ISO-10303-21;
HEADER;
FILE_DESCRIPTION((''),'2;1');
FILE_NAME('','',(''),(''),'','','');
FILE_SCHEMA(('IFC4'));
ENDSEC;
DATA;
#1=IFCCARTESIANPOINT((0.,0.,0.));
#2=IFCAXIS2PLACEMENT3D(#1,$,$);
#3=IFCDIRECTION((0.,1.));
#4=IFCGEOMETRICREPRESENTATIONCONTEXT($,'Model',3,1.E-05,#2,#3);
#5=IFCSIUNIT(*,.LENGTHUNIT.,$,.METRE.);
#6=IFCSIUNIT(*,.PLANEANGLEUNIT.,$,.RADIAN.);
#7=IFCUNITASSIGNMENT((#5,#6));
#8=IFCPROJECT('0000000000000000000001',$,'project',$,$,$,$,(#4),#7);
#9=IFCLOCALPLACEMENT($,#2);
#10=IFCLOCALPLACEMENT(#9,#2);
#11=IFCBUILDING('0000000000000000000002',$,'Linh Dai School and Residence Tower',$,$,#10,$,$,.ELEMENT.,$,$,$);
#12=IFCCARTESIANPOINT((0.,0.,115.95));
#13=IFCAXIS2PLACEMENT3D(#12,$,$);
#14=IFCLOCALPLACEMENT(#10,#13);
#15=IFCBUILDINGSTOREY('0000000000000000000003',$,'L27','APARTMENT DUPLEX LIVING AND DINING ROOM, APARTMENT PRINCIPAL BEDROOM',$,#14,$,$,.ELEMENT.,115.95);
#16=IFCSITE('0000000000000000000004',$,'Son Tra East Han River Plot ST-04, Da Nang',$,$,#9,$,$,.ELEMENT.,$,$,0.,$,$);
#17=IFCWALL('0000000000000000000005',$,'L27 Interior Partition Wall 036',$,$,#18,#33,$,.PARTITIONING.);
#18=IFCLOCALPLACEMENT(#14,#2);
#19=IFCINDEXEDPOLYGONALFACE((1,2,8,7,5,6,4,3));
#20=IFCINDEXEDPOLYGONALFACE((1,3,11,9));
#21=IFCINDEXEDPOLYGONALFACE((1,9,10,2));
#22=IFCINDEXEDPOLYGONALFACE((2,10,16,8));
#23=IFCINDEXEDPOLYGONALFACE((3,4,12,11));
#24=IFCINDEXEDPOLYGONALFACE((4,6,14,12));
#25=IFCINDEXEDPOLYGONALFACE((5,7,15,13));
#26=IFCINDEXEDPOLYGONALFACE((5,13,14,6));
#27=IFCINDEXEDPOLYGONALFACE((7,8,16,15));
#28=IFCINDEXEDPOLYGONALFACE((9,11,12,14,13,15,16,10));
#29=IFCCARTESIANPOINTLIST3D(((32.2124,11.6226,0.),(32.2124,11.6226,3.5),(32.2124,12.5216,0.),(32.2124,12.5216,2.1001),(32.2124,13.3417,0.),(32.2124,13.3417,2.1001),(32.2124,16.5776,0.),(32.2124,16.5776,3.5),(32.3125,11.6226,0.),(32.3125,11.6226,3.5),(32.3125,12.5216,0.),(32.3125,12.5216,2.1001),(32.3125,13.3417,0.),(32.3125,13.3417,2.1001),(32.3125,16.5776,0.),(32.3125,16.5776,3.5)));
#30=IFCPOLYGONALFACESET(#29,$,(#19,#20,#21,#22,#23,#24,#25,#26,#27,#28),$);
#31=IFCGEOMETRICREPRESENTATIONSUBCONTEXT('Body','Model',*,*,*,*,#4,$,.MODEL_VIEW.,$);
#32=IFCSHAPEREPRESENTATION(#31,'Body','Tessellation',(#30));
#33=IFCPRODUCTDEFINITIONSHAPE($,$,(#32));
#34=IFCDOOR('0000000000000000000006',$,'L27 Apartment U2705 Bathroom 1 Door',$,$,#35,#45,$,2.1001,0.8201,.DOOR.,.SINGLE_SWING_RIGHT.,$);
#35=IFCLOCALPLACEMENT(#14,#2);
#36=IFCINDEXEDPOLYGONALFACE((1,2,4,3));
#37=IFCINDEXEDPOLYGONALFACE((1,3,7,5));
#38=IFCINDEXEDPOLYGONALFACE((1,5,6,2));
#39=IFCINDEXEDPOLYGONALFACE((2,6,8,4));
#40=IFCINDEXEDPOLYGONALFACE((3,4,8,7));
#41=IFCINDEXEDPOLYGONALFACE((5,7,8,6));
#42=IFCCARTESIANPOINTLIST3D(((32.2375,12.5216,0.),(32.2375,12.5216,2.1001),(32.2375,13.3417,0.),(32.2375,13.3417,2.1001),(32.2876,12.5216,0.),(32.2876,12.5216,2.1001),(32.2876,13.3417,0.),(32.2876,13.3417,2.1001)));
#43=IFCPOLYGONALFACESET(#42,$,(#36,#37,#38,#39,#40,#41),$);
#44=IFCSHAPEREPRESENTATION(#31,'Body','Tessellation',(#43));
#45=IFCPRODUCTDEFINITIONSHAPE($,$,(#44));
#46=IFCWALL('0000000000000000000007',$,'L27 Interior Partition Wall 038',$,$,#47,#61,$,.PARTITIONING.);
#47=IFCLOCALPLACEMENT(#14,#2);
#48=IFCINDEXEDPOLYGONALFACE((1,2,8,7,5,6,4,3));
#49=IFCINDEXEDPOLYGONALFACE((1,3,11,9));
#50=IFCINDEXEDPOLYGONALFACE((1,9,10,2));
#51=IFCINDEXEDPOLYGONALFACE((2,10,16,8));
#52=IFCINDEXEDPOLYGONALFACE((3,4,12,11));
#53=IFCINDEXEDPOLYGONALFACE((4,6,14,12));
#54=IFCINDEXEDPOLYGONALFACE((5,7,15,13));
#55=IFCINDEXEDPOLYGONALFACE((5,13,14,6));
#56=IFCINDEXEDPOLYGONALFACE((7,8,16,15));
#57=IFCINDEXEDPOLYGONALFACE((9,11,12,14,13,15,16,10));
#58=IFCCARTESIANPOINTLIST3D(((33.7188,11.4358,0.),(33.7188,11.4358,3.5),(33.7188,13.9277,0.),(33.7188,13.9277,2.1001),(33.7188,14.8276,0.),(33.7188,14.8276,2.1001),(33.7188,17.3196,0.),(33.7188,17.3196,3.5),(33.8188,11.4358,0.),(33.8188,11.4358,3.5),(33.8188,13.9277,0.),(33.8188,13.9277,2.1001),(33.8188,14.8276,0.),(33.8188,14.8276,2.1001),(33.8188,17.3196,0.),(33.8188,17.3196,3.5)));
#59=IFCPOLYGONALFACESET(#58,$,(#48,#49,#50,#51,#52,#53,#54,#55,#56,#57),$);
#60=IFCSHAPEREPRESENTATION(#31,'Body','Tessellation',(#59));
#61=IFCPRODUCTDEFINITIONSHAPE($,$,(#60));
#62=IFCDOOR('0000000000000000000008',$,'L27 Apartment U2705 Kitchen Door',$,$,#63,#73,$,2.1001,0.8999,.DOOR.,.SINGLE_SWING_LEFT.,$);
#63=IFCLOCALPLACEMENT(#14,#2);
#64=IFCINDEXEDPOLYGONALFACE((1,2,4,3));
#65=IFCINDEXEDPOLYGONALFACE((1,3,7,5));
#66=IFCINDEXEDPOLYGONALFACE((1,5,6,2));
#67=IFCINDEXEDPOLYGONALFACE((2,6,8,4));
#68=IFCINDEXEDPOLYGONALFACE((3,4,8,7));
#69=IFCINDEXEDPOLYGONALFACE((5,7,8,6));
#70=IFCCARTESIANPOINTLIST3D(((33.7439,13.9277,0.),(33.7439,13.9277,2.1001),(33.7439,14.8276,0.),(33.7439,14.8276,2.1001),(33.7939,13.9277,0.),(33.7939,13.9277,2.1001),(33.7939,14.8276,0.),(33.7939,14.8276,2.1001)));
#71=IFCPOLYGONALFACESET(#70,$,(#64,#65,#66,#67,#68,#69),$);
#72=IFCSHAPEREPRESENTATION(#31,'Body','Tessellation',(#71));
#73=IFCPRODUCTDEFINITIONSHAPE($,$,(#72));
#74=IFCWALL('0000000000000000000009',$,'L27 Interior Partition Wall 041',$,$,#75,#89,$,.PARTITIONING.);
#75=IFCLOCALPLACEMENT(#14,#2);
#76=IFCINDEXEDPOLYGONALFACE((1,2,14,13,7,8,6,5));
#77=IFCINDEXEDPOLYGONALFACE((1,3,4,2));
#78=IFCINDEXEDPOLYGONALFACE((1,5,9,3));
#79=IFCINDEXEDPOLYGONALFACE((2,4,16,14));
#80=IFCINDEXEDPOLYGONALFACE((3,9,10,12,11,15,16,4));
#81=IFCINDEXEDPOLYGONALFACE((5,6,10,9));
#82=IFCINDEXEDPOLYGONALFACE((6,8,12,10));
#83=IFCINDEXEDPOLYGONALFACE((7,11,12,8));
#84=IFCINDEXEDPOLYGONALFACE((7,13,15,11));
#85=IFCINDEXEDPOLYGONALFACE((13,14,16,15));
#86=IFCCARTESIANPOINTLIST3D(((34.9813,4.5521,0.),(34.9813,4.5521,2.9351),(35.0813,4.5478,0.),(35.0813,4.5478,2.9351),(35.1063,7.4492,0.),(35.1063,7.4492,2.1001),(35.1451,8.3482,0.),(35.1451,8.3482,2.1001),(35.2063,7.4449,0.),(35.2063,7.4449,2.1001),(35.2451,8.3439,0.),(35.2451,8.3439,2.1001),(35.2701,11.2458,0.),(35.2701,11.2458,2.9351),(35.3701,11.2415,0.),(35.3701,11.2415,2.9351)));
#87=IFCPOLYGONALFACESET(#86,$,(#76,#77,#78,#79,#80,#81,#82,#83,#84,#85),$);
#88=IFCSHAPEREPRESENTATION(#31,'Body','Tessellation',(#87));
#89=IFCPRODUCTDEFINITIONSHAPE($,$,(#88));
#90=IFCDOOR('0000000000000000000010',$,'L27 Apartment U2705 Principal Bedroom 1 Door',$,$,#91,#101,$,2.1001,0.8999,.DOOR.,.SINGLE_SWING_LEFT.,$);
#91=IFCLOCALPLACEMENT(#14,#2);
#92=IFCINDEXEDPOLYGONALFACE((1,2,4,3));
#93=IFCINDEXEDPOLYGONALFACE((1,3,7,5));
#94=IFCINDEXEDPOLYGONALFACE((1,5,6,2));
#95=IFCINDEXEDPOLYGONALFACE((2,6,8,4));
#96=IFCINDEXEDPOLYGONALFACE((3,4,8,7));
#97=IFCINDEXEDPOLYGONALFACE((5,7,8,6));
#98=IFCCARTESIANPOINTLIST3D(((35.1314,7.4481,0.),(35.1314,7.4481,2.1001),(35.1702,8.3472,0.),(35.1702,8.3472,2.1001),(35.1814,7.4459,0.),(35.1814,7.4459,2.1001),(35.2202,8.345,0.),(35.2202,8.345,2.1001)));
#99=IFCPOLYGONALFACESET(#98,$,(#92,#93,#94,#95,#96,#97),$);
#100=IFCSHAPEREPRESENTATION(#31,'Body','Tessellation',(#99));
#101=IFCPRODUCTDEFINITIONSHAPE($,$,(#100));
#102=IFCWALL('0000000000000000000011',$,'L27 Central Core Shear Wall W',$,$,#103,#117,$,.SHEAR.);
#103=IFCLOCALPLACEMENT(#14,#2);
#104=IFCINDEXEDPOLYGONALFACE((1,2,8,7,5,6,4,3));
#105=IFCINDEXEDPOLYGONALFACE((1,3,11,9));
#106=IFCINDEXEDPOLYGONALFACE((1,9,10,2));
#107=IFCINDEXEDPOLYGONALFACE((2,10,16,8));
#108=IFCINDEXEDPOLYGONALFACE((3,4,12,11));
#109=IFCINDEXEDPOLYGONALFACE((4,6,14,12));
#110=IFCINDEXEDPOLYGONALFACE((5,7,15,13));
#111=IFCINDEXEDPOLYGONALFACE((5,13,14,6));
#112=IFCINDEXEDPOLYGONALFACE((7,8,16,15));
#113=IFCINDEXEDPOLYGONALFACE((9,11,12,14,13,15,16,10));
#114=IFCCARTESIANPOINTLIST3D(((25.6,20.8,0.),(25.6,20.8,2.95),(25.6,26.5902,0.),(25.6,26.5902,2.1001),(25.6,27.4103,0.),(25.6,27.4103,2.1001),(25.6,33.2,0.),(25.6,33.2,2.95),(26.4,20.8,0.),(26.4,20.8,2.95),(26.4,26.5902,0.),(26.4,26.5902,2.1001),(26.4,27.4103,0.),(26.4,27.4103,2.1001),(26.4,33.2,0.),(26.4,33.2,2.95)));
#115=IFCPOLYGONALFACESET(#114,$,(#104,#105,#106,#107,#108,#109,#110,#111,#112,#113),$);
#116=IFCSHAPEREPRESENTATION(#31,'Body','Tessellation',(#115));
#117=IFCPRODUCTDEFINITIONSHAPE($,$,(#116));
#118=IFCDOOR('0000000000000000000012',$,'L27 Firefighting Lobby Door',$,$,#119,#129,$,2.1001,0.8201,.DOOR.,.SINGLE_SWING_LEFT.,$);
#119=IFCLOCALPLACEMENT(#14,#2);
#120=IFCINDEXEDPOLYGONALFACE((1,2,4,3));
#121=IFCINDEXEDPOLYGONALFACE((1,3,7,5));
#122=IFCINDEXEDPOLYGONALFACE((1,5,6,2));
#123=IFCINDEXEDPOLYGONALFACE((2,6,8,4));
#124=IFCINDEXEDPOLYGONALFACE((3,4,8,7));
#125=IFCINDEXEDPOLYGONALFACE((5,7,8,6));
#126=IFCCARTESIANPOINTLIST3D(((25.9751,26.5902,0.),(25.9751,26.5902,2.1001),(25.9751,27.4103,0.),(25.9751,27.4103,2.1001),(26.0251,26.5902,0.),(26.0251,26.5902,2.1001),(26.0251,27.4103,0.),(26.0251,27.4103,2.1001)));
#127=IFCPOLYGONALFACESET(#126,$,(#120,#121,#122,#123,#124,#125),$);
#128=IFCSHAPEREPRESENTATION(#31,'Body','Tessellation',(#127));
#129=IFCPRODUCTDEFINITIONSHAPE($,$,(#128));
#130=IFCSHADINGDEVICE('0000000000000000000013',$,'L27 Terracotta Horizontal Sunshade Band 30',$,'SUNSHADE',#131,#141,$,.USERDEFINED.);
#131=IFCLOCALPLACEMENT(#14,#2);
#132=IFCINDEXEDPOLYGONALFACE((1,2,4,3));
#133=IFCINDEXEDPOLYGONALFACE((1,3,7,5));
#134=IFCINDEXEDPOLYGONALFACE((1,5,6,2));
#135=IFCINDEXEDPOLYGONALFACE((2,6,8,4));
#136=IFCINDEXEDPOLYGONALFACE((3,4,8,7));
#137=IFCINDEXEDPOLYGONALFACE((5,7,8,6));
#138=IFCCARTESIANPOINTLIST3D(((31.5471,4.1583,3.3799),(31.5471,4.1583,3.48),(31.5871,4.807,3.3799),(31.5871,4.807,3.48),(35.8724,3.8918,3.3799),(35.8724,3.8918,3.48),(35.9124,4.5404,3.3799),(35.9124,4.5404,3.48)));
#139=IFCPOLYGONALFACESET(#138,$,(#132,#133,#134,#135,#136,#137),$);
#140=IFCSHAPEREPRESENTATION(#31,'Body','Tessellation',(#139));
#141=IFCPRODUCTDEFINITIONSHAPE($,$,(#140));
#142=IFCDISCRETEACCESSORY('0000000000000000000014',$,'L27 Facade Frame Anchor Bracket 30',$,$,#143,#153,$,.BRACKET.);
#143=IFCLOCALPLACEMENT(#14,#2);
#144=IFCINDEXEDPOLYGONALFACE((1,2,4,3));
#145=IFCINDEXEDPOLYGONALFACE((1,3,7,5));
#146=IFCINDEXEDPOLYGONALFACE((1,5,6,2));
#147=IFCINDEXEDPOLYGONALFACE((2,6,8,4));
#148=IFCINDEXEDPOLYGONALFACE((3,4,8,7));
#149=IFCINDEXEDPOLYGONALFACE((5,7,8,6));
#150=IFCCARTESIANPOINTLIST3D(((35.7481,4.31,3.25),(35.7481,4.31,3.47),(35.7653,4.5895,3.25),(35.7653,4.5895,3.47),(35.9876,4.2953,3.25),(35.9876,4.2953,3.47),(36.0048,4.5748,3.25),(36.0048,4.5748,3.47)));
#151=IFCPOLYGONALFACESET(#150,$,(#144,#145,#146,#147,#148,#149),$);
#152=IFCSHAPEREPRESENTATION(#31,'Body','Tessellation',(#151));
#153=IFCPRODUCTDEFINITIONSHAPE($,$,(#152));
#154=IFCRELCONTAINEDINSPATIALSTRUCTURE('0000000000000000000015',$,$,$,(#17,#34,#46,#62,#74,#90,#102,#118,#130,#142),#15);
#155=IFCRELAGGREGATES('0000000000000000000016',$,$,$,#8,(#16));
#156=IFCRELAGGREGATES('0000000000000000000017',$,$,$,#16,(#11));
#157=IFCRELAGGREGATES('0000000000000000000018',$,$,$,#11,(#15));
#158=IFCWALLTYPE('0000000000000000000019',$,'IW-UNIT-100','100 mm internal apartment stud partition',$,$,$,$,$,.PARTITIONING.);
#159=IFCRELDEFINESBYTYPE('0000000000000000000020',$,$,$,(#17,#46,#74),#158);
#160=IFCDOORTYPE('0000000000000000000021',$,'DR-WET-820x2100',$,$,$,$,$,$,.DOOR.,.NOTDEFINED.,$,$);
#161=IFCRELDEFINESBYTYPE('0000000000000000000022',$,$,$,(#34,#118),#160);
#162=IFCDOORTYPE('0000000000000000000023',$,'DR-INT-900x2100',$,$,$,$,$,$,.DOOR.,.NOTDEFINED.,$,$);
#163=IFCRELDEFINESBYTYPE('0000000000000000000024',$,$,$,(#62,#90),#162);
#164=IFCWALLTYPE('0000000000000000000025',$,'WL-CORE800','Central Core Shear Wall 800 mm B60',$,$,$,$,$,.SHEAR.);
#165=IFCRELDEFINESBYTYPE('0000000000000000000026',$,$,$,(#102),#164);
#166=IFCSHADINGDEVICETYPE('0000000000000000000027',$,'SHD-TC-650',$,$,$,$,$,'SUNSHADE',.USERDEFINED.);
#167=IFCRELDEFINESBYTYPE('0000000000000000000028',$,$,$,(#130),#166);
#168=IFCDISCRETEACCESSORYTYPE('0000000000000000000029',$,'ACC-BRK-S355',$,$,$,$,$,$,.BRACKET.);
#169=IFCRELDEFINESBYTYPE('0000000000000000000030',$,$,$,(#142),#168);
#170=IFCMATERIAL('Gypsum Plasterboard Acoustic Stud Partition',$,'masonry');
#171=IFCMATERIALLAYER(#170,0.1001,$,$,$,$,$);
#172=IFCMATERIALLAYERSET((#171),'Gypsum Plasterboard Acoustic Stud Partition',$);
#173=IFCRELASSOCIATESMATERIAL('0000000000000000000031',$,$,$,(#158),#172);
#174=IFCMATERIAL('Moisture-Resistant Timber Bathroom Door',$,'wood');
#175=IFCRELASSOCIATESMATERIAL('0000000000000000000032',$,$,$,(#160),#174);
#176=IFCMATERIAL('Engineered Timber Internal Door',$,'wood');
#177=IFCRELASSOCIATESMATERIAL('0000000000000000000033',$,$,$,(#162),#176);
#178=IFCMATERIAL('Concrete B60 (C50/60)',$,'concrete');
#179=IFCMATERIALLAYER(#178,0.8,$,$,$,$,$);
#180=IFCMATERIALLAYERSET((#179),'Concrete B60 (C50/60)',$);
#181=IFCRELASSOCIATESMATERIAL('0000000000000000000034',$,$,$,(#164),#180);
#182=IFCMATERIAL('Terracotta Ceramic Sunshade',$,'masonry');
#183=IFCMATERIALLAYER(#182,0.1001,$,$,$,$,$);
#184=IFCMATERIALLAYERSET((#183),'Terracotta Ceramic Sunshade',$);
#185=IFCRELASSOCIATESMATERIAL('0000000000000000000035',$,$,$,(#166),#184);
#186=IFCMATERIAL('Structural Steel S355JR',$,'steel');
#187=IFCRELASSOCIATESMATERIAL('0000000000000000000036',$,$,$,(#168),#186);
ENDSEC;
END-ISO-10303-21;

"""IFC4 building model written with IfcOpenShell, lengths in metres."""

from ifc_helpers import new_model, si_unit, direction, frame, frame_2d, origin, origin_2d, place, context, subcontext, project, spatial, rectangle, extrude, source, transform, mapped, material, layer, layer_set, type_object, element, fill, save


model = new_model("IFC4")

# Units and contexts
model_context = context("Model", 3, precision=1e-05, world=origin(), true_north=direction((0.0, 1.0)))
body_context = subcontext(model_context, "Body", "Model", "MODEL_VIEW")
ifc_project = project(units=[si_unit("LENGTHUNIT", "METRE"), si_unit("PLANEANGLEUNIT", "RADIAN")], contexts=[model_context])

# Site, building, storey
site_placement = place(None, origin())
site = spatial("IfcSite", under=ifc_project, at=site_placement, Name="Son Tra East Han River Plot ST-04, Da Nang", CompositionType="ELEMENT", RefElevation=0.0)
building_placement = place(site_placement, origin())
building = spatial("IfcBuilding", under=site, at=building_placement, Name="Linh Dai School and Residence Tower", CompositionType="ELEMENT")
storey_placement = place(building_placement, frame((0.0, 0.0, 115.95)))
storey = spatial("IfcBuildingStorey", under=building, at=storey_placement, Name="L27", Description="APARTMENT DUPLEX LIVING AND DINING ROOM, APARTMENT PRINCIPAL BEDROOM", CompositionType="ELEMENT", Elevation=115.95)

# Shared definitions
ifc_material_1 = material(Name="Structural Steel S355JR", Category="steel")

# Shared definitions
ifc_material_2 = material(Name="Gypsum Plasterboard Acoustic Stud Partition", Category="masonry")
ifc_layer_1 = layer(ifc_material_2, 0.1001)
ifc_layer_set_1 = layer_set([ifc_layer_1], Name="Gypsum Plasterboard Acoustic Stud Partition")
wall_type_1 = type_object("IfcWallType", Name="IW-UNIT-100", Description="100 mm internal apartment stud partition", PredefinedType="PARTITIONING", material=ifc_layer_set_1)

# Walls, openings, doors
wall_1_placement = place(storey_placement, frame((32.2625, 11.6226, 0.0), z_axis=(0.0, 0.0, 1.0), x_axis=(0.0, 1.0, 0.0)))
wall_1 = element("IfcWall", 1, at=wall_1_placement, inside=storey, type_object=wall_type_1, Name="L27 Interior Partition Wall 036", PredefinedType="PARTITIONING", context=body_context, shape_type="SweptSolid", body=[
    extrude(rectangle(XDim=4.9551, YDim=0.1001, at=frame_2d((2.4775, 0.0))), origin(), (0.0, 0.0, 1.0), 3.5),
])
opening_1_placement = place(wall_1_placement, frame((0.8989, 0.0, 0.0)))
opening_1 = element("IfcOpeningElement", 2, at=opening_1_placement, cuts=wall_1, PredefinedType="OPENING", context=body_context, shape_type="SweptSolid", body=[
    extrude(rectangle(XDim=0.8201, YDim=2.1001, at=origin_2d()), frame((0.4102, 0.0601, 1.05), z_axis=(0.0, -1.0, 0.0), x_axis=(1.0, 0.0, 0.0)), (0.0, 0.0, 1.0), 0.1201),
])
ifc_material_3 = material(Name="Moisture-Resistant Timber Bathroom Door", Category="wood")
door_type_1 = type_object("IfcDoorType", Name="DR-WET-820x2100", OperationType="NOTDEFINED", PredefinedType="DOOR", material=ifc_material_3)
shared_shape_1 = source(origin(), body_context, "Body", "SweptSolid", [
    extrude(rectangle(XDim=0.8201, YDim=2.1001, at=origin_2d()), frame((0.4102, 0.0249, 1.05), z_axis=(0.0, -1.0, 0.0), x_axis=(1.0, 0.0, 0.0)), (0.0, 0.0, 1.0), 0.05),
])
door_1_placement = place(opening_1_placement, origin())
door_1 = element("IfcDoor", 3, at=door_1_placement, inside=storey, type_object=door_type_1, Name="L27 Apartment U2705 Bathroom 1 Door", OperationType="SINGLE_SWING_RIGHT", OverallHeight=2.1001, OverallWidth=0.8201, PredefinedType="DOOR", context=body_context, shape_type="MappedRepresentation", body=[
    mapped(shared_shape_1, transform((0.0, 0.0, 0.0), x_axis=(1.0, 0.0, 0.0), y_axis=(0.0, 1.0, 0.0), z_axis=(0.0, 0.0, 1.0), scale=1.0)),
])
fill(opening_1, door_1)
wall_2_placement = place(storey_placement, frame((33.7688, 11.4358, 0.0), z_axis=(0.0, 0.0, 1.0), x_axis=(0.0, 1.0, 0.0)))
wall_2 = element("IfcWall", 4, at=wall_2_placement, inside=storey, type_object=wall_type_1, Name="L27 Interior Partition Wall 038", PredefinedType="PARTITIONING", context=body_context, shape_type="SweptSolid", body=[
    extrude(rectangle(XDim=5.8838, YDim=0.1001, at=frame_2d((2.9419, 0.0))), origin(), (0.0, 0.0, 1.0), 3.5),
])
opening_2_placement = place(wall_2_placement, frame((2.4919, 0.0, 0.0)))
opening_2 = element("IfcOpeningElement", 5, at=opening_2_placement, cuts=wall_2, PredefinedType="OPENING", context=body_context, shape_type="SweptSolid", body=[
    extrude(rectangle(XDim=0.8999, YDim=2.1001, at=origin_2d()), frame((0.45, 0.0601, 1.05), z_axis=(0.0, -1.0, 0.0), x_axis=(1.0, 0.0, 0.0)), (0.0, 0.0, 1.0), 0.1201),
])
ifc_material_4 = material(Name="Engineered Timber Internal Door", Category="wood")
door_type_2 = type_object("IfcDoorType", Name="DR-INT-900x2100", OperationType="NOTDEFINED", PredefinedType="DOOR", material=ifc_material_4)
shared_shape_2 = source(origin(), body_context, "Body", "SweptSolid", [
    extrude(rectangle(XDim=0.8999, YDim=2.1001, at=origin_2d()), frame((0.45, 0.0249, 1.05), z_axis=(0.0, -1.0, 0.0), x_axis=(1.0, 0.0, 0.0)), (0.0, 0.0, 1.0), 0.05),
])
door_2_placement = place(opening_2_placement, origin())
door_2 = element("IfcDoor", 6, at=door_2_placement, inside=storey, type_object=door_type_2, Name="L27 Apartment U2705 Kitchen Door", OperationType="SINGLE_SWING_LEFT", OverallHeight=2.1001, OverallWidth=0.8999, PredefinedType="DOOR", context=body_context, shape_type="MappedRepresentation", body=[
    mapped(shared_shape_2, transform((0.0, 0.0, 0.0), x_axis=(1.0, 0.0, 0.0), y_axis=(0.0, 1.0, 0.0), z_axis=(0.0, 0.0, 1.0), scale=1.0)),
])
fill(opening_2, door_2)
wall_3_placement = place(storey_placement, frame((35.0312, 4.5498, 0.0), z_axis=(0.0, 0.0, 1.0), x_axis=(0.043108, 0.99907, 0.0)))
wall_3 = element("IfcWall", 7, at=wall_3_placement, inside=storey, type_object=wall_type_1, Name="L27 Interior Partition Wall 041", PredefinedType="PARTITIONING", context=body_context, shape_type="SweptSolid", body=[
    extrude(rectangle(XDim=6.7, YDim=0.1001, at=frame_2d((3.3501, 0.0))), origin(), (0.0, 0.0, 1.0), 2.9351),
])
opening_3_placement = place(wall_3_placement, frame((2.8999, 0.0, 0.0)))
opening_3 = element("IfcOpeningElement", 8, at=opening_3_placement, cuts=wall_3, PredefinedType="OPENING", context=body_context, shape_type="SweptSolid", body=[
    extrude(rectangle(XDim=0.8999, YDim=2.1001, at=origin_2d()), frame((0.45, 0.0601, 1.05), z_axis=(0.0, -1.0, 0.0), x_axis=(1.0, 0.0, 0.0)), (0.0, 0.0, 1.0), 0.1201),
])
door_3_placement = place(opening_3_placement, origin())
door_3 = element("IfcDoor", 9, at=door_3_placement, inside=storey, type_object=door_type_2, Name="L27 Apartment U2705 Principal Bedroom 1 Door", OperationType="SINGLE_SWING_LEFT", OverallHeight=2.1001, OverallWidth=0.8999, PredefinedType="DOOR", context=body_context, shape_type="MappedRepresentation", body=[
    mapped(shared_shape_2, transform((0.0, 0.0, 0.0), x_axis=(1.0, 0.0, 0.0), y_axis=(0.0, 1.0, 0.0), z_axis=(0.0, 0.0, 1.0), scale=1.0)),
])
fill(opening_3, door_3)
ifc_material_5 = material(Name="Concrete B60 (C50/60)", Category="concrete")
ifc_layer_2 = layer(ifc_material_5, 0.8)
ifc_layer_set_2 = layer_set([ifc_layer_2], Name="Concrete B60 (C50/60)")
wall_type_2 = type_object("IfcWallType", Name="WL-CORE800", Description="Central Core Shear Wall 800 mm B60", PredefinedType="SHEAR", material=ifc_layer_set_2)
wall_4_placement = place(storey_placement, frame((26.0, 20.8, 0.0), z_axis=(0.0, 0.0, 1.0), x_axis=(0.0, 1.0, 0.0)))
wall_4 = element("IfcWall", 10, at=wall_4_placement, inside=storey, type_object=wall_type_2, Name="L27 Central Core Shear Wall W", PredefinedType="SHEAR", context=body_context, shape_type="SweptSolid", body=[
    extrude(rectangle(XDim=12.3999, YDim=0.8, at=frame_2d((6.2, 0.0))), origin(), (0.0, 0.0, 1.0), 2.95),
])
opening_4_placement = place(wall_4_placement, frame((5.79, 0.0, 0.0)))
opening_4 = element("IfcOpeningElement", 11, at=opening_4_placement, cuts=wall_4, PredefinedType="OPENING", context=body_context, shape_type="SweptSolid", body=[
    extrude(rectangle(XDim=0.8201, YDim=2.1001, at=origin_2d()), frame((0.4102, 0.4102, 1.05), z_axis=(0.0, -1.0, 0.0), x_axis=(1.0, 0.0, 0.0)), (0.0, 0.0, 1.0), 0.8201),
])
door_4_placement = place(opening_4_placement, origin())
door_4 = element("IfcDoor", 12, at=door_4_placement, inside=storey, type_object=door_type_1, Name="L27 Firefighting Lobby Door", OperationType="SINGLE_SWING_LEFT", OverallHeight=2.1001, OverallWidth=0.8201, PredefinedType="DOOR", context=body_context, shape_type="MappedRepresentation", body=[
    mapped(shared_shape_1, transform((0.0, 0.0, 0.0), x_axis=(1.0, 0.0, 0.0), y_axis=(0.0, 1.0, 0.0), z_axis=(0.0, 0.0, 1.0), scale=1.0)),
])
fill(opening_4, door_4)

# Shading device
ifc_material_6 = material(Name="Terracotta Ceramic Sunshade", Category="masonry")
ifc_layer_3 = layer(ifc_material_6, 0.1001)
ifc_layer_set_3 = layer_set([ifc_layer_3], Name="Terracotta Ceramic Sunshade")
shading_device_type = type_object("IfcShadingDeviceType", Name="SHD-TC-650", ElementType="SUNSHADE", PredefinedType="USERDEFINED", material=ifc_layer_set_3)
shared_shape_3 = source(origin(), body_context, "Body", "SweptSolid", [
    extrude(rectangle(XDim=4.3335, YDim=0.6499, at=origin_2d()), origin(), (0.0, 0.0, 1.0), 0.1001),
])
shading_device_placement = place(storey_placement, frame((33.7297, 4.3494, 3.3799), z_axis=(0.0, 0.0, 1.0), x_axis=(-0.998107, 0.061509, 0.0)))
element("IfcShadingDevice", 13, at=shading_device_placement, inside=storey, type_object=shading_device_type, Name="L27 Terracotta Horizontal Sunshade Band 30", ObjectType="SUNSHADE", PredefinedType="USERDEFINED", context=body_context, shape_type="MappedRepresentation", body=[
    mapped(shared_shape_3, transform((0.0, 0.0, 0.0), x_axis=(1.0, 0.0, 0.0), y_axis=(0.0, 1.0, 0.0), z_axis=(0.0, 0.0, 1.0), scale=1.0)),
])

# Discrete accessory
discrete_accessory_type = type_object("IfcDiscreteAccessoryType", Name="ACC-BRK-S355", PredefinedType="BRACKET", material=ifc_material_1)
shared_shape_4 = source(origin(), body_context, "Body", "SweptSolid", [
    extrude(rectangle(XDim=0.28, YDim=0.24, at=origin_2d()), origin(), (0.0, 0.0, 1.0), 0.22),
])
discrete_accessory_placement = place(storey_placement, frame((35.8765, 4.4424, 3.25), z_axis=(0.0, 0.0, 1.0), x_axis=(-0.061509, -0.998107, 0.0)))
element("IfcDiscreteAccessory", 14, at=discrete_accessory_placement, inside=storey, type_object=discrete_accessory_type, Name="L27 Facade Frame Anchor Bracket 30", PredefinedType="BRACKET", context=body_context, shape_type="MappedRepresentation", body=[
    mapped(shared_shape_4, transform((0.0, 0.0, 0.0), x_axis=(1.0, 0.0, 0.0), y_axis=(0.0, 1.0, 0.0), z_axis=(0.0, 0.0, 1.0), scale=1.0)),
])

save(model, "model.ifc")
